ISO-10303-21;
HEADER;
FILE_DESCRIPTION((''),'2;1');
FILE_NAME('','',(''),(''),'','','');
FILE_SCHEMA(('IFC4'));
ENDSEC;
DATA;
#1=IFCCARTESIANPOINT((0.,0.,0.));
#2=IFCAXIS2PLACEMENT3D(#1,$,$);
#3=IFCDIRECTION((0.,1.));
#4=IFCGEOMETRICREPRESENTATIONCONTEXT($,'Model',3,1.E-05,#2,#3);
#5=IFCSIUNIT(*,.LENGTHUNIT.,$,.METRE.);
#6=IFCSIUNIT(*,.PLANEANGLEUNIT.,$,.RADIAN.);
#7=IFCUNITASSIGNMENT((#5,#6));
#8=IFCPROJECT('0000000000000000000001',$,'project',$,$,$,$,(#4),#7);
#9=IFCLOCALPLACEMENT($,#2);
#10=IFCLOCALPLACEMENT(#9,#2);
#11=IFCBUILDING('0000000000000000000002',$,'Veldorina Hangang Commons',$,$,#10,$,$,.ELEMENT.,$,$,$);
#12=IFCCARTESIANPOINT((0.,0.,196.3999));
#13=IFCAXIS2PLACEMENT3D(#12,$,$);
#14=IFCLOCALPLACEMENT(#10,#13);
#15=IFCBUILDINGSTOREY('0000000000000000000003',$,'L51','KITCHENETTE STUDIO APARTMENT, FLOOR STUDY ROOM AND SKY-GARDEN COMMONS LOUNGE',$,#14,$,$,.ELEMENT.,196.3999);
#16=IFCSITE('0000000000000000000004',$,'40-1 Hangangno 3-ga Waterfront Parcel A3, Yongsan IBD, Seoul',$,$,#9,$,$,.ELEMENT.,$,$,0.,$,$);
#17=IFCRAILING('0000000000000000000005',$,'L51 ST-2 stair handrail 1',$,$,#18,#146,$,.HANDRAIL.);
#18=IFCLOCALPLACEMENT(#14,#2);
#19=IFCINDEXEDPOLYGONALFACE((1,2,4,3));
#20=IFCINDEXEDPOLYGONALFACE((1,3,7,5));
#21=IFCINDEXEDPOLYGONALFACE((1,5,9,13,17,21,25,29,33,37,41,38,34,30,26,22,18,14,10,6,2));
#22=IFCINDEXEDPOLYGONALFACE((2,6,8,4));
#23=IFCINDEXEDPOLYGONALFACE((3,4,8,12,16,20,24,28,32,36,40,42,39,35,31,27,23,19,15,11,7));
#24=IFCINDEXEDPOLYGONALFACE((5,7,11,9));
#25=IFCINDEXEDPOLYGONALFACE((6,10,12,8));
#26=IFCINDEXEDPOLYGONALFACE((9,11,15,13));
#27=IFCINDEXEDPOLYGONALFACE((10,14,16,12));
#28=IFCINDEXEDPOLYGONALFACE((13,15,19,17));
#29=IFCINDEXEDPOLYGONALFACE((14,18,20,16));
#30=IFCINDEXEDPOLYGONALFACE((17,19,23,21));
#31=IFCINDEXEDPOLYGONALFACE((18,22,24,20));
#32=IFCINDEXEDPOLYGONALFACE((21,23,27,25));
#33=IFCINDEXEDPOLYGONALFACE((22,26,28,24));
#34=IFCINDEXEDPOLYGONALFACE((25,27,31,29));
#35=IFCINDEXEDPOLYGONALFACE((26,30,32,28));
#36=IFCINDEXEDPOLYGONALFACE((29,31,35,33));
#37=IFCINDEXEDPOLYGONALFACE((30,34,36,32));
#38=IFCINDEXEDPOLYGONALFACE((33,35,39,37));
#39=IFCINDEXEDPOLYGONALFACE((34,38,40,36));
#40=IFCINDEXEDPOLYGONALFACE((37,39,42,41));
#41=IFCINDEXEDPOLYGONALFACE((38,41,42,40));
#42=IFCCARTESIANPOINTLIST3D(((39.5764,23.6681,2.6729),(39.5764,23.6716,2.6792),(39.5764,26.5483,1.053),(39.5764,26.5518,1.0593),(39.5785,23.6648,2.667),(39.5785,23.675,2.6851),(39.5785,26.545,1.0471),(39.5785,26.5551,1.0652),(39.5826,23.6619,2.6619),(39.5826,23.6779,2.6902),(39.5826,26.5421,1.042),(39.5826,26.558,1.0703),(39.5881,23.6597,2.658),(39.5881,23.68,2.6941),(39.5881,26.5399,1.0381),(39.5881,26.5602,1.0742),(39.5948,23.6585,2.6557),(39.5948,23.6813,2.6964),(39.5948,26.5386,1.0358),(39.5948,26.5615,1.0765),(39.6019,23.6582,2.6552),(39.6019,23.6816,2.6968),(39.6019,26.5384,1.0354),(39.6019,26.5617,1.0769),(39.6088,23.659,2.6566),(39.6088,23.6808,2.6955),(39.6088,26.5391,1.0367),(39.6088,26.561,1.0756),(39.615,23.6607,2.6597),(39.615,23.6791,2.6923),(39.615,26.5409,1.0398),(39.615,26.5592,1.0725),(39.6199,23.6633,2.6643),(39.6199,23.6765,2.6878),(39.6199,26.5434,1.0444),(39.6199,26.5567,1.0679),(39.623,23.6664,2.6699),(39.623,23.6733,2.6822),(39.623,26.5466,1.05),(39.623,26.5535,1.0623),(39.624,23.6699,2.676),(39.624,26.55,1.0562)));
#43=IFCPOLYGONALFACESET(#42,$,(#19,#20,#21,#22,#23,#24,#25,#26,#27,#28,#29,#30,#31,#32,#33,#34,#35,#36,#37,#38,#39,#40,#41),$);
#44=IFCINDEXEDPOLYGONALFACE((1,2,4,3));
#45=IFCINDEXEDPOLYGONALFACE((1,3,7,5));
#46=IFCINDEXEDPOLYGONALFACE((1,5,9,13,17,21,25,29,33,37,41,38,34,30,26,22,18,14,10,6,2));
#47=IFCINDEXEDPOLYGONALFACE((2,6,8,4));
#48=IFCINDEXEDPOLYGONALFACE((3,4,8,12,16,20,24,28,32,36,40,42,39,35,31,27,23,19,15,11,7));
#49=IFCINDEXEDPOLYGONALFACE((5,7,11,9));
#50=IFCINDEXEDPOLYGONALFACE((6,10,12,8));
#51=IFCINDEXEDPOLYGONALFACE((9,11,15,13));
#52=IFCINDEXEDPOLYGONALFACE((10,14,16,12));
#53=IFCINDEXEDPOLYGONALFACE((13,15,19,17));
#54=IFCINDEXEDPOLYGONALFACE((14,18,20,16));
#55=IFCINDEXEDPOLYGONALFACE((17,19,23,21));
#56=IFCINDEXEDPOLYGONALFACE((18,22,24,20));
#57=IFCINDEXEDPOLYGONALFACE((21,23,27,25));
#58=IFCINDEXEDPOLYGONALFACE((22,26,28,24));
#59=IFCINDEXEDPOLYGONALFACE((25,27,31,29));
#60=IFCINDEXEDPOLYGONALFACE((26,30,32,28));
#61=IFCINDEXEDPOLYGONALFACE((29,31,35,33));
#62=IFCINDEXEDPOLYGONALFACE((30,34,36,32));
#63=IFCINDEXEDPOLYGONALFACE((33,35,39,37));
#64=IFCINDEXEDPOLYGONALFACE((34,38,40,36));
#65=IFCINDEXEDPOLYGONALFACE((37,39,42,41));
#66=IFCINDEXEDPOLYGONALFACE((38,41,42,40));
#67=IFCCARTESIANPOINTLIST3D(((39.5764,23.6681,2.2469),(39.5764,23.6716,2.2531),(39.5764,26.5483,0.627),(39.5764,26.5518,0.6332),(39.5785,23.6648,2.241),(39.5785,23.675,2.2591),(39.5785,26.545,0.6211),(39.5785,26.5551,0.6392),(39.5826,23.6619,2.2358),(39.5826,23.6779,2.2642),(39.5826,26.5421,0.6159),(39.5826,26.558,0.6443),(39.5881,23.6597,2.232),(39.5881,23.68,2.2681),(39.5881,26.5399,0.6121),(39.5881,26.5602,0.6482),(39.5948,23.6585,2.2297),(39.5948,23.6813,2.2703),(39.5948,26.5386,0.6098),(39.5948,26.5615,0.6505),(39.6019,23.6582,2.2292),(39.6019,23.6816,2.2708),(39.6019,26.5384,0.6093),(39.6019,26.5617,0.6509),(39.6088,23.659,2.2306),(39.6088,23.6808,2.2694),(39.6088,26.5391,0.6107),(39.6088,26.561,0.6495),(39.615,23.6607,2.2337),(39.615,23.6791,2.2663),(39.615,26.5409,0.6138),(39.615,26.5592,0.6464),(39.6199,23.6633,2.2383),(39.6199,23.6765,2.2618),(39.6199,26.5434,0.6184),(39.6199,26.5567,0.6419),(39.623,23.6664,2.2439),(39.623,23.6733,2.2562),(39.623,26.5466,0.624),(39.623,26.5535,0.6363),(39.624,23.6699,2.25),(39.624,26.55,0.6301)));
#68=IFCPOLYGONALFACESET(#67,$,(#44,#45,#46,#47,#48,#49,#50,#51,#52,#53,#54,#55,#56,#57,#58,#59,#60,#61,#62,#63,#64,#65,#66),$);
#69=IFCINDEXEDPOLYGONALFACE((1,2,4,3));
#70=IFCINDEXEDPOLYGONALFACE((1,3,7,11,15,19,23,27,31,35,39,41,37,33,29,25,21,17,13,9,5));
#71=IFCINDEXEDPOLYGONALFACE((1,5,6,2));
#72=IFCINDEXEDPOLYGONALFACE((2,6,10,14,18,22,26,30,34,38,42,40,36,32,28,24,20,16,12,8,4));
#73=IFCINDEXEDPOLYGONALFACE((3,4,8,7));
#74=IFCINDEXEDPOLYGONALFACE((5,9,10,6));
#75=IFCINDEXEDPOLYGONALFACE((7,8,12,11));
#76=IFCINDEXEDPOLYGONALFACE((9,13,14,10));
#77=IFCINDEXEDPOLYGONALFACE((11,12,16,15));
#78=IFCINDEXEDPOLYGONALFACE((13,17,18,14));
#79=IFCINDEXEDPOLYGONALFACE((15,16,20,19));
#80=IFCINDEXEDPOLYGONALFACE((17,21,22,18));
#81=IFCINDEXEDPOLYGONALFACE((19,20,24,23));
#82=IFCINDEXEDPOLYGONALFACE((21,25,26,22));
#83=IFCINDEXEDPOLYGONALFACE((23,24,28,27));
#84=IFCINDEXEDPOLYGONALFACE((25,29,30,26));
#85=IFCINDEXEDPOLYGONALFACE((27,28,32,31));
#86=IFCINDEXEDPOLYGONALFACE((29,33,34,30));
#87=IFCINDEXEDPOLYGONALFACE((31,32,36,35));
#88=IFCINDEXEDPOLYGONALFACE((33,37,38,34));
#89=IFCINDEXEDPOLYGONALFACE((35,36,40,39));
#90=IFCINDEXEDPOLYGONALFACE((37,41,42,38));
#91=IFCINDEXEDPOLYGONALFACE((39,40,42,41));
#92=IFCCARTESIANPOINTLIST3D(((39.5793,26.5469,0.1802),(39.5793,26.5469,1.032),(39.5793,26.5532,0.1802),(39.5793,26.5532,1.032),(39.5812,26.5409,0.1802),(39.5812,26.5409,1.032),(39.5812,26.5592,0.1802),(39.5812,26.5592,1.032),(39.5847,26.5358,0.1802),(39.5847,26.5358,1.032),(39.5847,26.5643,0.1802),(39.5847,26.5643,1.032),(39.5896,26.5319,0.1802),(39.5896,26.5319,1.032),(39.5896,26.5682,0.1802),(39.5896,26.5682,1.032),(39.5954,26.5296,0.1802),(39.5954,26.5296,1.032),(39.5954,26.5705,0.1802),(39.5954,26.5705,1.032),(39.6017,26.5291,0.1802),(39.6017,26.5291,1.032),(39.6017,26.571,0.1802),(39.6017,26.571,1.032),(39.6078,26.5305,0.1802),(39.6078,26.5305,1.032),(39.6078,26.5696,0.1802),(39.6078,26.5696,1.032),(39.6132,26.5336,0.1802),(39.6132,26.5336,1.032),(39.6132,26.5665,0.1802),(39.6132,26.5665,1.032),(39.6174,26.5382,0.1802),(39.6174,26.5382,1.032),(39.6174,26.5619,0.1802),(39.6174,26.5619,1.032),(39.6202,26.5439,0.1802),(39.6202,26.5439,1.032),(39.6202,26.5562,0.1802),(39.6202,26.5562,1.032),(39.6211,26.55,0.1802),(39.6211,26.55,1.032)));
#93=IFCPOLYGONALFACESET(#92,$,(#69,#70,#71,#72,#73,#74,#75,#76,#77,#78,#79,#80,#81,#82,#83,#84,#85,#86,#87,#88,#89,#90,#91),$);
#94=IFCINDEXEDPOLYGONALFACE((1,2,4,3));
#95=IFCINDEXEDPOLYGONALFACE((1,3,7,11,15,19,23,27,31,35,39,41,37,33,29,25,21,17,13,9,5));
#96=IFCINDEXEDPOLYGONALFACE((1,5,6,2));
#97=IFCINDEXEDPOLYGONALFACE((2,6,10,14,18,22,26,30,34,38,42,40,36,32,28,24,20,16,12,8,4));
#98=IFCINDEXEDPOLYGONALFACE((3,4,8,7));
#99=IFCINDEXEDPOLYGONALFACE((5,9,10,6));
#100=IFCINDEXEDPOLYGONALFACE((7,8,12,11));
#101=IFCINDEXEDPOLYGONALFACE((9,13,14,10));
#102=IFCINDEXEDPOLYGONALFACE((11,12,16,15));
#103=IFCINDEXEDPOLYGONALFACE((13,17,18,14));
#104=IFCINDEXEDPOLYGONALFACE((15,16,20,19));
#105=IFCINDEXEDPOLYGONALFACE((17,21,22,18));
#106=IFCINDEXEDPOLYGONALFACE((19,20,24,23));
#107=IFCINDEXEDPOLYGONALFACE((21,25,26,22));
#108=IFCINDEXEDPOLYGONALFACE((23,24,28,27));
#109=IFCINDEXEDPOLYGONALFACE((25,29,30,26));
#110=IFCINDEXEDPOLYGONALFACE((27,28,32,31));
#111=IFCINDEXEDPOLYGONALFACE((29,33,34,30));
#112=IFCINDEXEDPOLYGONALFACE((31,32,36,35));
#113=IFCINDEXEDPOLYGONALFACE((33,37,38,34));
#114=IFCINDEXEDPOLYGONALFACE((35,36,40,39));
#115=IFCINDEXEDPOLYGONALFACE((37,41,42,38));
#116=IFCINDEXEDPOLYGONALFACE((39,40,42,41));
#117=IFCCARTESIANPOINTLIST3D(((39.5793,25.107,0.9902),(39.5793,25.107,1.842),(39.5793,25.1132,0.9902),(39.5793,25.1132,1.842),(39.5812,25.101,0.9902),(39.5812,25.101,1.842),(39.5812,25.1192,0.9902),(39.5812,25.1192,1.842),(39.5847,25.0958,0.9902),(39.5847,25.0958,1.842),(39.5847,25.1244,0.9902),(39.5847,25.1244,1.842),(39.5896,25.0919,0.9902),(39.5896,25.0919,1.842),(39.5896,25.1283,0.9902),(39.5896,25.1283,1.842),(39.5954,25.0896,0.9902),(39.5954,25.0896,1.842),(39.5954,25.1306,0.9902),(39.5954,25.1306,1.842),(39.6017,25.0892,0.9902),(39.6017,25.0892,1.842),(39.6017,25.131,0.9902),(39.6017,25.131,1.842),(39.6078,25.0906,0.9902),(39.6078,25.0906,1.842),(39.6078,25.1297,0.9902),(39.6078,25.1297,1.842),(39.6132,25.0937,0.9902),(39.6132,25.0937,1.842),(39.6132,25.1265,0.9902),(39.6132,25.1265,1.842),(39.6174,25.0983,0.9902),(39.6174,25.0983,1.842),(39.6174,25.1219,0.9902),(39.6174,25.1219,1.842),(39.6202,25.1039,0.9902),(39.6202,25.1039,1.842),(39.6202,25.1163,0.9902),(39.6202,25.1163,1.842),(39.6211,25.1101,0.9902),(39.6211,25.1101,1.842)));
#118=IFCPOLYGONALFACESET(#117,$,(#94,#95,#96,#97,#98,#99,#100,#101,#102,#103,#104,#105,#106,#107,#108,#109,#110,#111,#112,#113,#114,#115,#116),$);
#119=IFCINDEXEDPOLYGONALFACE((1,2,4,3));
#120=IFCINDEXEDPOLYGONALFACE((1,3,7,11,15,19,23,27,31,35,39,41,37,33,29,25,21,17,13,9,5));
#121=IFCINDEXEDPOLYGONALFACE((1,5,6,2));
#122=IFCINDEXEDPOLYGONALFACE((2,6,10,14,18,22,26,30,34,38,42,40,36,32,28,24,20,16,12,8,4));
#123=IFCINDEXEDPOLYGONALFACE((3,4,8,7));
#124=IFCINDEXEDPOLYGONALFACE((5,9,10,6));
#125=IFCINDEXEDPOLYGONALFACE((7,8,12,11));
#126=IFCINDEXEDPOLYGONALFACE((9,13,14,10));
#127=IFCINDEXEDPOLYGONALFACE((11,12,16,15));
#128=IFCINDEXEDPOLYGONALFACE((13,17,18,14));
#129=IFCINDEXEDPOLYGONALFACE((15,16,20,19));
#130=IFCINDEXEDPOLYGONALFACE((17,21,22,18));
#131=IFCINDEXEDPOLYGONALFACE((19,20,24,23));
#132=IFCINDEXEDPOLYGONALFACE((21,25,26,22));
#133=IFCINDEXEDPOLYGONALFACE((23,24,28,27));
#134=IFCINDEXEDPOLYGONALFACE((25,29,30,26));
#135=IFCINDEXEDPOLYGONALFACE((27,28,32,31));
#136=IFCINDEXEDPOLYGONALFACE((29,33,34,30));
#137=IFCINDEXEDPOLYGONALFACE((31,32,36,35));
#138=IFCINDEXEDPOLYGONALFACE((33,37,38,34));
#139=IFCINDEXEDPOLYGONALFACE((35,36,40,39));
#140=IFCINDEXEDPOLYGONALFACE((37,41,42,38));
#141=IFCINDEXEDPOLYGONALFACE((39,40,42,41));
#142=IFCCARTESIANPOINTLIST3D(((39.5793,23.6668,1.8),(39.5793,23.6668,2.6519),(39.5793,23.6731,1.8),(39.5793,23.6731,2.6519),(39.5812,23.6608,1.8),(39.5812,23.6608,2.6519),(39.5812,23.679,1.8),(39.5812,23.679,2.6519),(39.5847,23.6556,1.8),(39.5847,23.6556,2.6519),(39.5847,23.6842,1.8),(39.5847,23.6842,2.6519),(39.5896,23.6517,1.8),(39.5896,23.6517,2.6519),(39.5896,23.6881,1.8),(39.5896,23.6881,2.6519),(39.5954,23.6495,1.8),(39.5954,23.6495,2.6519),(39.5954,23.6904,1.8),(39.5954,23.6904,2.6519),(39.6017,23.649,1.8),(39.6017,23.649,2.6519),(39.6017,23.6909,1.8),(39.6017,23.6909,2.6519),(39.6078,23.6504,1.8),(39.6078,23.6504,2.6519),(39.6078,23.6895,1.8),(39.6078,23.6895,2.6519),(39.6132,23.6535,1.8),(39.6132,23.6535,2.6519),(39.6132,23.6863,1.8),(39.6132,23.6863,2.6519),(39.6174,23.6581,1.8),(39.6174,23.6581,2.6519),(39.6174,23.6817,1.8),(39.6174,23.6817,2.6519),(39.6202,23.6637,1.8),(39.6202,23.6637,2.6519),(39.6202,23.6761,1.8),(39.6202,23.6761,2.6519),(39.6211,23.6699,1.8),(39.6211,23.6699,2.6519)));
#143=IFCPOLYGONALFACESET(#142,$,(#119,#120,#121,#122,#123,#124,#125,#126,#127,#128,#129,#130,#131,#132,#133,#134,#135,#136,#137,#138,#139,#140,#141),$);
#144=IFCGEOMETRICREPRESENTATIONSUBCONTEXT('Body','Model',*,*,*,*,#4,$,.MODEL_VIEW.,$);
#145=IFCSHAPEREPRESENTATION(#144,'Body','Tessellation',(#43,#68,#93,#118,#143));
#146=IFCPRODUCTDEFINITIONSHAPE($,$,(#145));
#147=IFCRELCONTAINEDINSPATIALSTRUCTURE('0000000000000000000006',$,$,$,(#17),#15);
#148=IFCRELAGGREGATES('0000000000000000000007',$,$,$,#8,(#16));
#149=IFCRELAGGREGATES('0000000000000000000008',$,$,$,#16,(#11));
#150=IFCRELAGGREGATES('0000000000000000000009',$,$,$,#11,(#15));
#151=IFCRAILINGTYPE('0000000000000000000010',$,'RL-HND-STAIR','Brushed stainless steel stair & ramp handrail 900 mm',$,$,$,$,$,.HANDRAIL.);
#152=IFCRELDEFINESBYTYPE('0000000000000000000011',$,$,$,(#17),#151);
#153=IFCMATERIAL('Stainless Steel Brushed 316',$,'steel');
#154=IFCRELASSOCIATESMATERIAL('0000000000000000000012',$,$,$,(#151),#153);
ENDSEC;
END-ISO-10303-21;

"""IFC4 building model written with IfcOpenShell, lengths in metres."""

from ifc_helpers import new_model, si_unit, direction, frame, origin, origin_2d, place, context, subcontext, project, spatial, circle, extrude, material, type_object, element, save


model = new_model("IFC4")

# Units and contexts
model_context = context("Model", 3, precision=1e-05, world=origin(), true_north=direction((0.0, 1.0)))
body_context = subcontext(model_context, "Body", "Model", "MODEL_VIEW")
ifc_project = project(units=[si_unit("LENGTHUNIT", "METRE"), si_unit("PLANEANGLEUNIT", "RADIAN")], contexts=[model_context])

# Site, building, storey
site_placement = place(None, origin())
site = spatial("IfcSite", under=ifc_project, at=site_placement, Name="40-1 Hangangno 3-ga Waterfront Parcel A3, Yongsan IBD, Seoul", CompositionType="ELEMENT", RefElevation=0.0)
building_placement = place(site_placement, origin())
building = spatial("IfcBuilding", under=site, at=building_placement, Name="Veldorina Hangang Commons", CompositionType="ELEMENT")
storey_placement = place(building_placement, frame((0.0, 0.0, 196.3999)))
storey = spatial("IfcBuildingStorey", under=building, at=storey_placement, Name="L51", Description="KITCHENETTE STUDIO APARTMENT, FLOOR STUDY ROOM AND SKY-GARDEN COMMONS LOUNGE", CompositionType="ELEMENT", Elevation=196.3999)

# Railing
ifc_material_1 = material(Name="Stainless Steel Brushed 316", Category="steel")
railing_type_1 = type_object("IfcRailingType", Name="RL-HND-STAIR", Description="Brushed stainless steel stair & ramp handrail 900 mm", PredefinedType="HANDRAIL", material=ifc_material_1)
railing_1_placement = place(storey_placement, frame((39.6001, 26.55, 0.1802)))
element("IfcRailing", 1, at=railing_1_placement, inside=storey, type_object=railing_type_1, Name="L51 ST-2 stair handrail 1", PredefinedType="HANDRAIL", context=body_context, shape_type="SweptSolid", body=[
    extrude(circle(Radius=0.0239, at=origin_2d()), frame((0.0, 0.0, 0.876), z_axis=(0.0, -0.871601, 0.490216), x_axis=(1.0, 0.0, 0.0)), (0.0, 0.0, 1.0), 3.3044),
    extrude(circle(Radius=0.0239, at=origin_2d()), frame((0.0, 0.0, 0.45), z_axis=(0.0, -0.871601, 0.490216), x_axis=(1.0, 0.0, 0.0)), (0.0, 0.0, 1.0), 3.3044),
    extrude(circle(Radius=0.021, at=origin_2d()), origin(), (0.0, 0.0, 1.0), 0.8518),
    extrude(circle(Radius=0.021, at=origin_2d()), frame((0.0, -1.4399, 0.8101)), (0.0, 0.0, 1.0), 0.8518),
    extrude(circle(Radius=0.021, at=origin_2d()), frame((0.0, -2.8801, 1.6199)), (0.0, 0.0, 1.0), 0.8518),
])

save(model, "model.ifc")
